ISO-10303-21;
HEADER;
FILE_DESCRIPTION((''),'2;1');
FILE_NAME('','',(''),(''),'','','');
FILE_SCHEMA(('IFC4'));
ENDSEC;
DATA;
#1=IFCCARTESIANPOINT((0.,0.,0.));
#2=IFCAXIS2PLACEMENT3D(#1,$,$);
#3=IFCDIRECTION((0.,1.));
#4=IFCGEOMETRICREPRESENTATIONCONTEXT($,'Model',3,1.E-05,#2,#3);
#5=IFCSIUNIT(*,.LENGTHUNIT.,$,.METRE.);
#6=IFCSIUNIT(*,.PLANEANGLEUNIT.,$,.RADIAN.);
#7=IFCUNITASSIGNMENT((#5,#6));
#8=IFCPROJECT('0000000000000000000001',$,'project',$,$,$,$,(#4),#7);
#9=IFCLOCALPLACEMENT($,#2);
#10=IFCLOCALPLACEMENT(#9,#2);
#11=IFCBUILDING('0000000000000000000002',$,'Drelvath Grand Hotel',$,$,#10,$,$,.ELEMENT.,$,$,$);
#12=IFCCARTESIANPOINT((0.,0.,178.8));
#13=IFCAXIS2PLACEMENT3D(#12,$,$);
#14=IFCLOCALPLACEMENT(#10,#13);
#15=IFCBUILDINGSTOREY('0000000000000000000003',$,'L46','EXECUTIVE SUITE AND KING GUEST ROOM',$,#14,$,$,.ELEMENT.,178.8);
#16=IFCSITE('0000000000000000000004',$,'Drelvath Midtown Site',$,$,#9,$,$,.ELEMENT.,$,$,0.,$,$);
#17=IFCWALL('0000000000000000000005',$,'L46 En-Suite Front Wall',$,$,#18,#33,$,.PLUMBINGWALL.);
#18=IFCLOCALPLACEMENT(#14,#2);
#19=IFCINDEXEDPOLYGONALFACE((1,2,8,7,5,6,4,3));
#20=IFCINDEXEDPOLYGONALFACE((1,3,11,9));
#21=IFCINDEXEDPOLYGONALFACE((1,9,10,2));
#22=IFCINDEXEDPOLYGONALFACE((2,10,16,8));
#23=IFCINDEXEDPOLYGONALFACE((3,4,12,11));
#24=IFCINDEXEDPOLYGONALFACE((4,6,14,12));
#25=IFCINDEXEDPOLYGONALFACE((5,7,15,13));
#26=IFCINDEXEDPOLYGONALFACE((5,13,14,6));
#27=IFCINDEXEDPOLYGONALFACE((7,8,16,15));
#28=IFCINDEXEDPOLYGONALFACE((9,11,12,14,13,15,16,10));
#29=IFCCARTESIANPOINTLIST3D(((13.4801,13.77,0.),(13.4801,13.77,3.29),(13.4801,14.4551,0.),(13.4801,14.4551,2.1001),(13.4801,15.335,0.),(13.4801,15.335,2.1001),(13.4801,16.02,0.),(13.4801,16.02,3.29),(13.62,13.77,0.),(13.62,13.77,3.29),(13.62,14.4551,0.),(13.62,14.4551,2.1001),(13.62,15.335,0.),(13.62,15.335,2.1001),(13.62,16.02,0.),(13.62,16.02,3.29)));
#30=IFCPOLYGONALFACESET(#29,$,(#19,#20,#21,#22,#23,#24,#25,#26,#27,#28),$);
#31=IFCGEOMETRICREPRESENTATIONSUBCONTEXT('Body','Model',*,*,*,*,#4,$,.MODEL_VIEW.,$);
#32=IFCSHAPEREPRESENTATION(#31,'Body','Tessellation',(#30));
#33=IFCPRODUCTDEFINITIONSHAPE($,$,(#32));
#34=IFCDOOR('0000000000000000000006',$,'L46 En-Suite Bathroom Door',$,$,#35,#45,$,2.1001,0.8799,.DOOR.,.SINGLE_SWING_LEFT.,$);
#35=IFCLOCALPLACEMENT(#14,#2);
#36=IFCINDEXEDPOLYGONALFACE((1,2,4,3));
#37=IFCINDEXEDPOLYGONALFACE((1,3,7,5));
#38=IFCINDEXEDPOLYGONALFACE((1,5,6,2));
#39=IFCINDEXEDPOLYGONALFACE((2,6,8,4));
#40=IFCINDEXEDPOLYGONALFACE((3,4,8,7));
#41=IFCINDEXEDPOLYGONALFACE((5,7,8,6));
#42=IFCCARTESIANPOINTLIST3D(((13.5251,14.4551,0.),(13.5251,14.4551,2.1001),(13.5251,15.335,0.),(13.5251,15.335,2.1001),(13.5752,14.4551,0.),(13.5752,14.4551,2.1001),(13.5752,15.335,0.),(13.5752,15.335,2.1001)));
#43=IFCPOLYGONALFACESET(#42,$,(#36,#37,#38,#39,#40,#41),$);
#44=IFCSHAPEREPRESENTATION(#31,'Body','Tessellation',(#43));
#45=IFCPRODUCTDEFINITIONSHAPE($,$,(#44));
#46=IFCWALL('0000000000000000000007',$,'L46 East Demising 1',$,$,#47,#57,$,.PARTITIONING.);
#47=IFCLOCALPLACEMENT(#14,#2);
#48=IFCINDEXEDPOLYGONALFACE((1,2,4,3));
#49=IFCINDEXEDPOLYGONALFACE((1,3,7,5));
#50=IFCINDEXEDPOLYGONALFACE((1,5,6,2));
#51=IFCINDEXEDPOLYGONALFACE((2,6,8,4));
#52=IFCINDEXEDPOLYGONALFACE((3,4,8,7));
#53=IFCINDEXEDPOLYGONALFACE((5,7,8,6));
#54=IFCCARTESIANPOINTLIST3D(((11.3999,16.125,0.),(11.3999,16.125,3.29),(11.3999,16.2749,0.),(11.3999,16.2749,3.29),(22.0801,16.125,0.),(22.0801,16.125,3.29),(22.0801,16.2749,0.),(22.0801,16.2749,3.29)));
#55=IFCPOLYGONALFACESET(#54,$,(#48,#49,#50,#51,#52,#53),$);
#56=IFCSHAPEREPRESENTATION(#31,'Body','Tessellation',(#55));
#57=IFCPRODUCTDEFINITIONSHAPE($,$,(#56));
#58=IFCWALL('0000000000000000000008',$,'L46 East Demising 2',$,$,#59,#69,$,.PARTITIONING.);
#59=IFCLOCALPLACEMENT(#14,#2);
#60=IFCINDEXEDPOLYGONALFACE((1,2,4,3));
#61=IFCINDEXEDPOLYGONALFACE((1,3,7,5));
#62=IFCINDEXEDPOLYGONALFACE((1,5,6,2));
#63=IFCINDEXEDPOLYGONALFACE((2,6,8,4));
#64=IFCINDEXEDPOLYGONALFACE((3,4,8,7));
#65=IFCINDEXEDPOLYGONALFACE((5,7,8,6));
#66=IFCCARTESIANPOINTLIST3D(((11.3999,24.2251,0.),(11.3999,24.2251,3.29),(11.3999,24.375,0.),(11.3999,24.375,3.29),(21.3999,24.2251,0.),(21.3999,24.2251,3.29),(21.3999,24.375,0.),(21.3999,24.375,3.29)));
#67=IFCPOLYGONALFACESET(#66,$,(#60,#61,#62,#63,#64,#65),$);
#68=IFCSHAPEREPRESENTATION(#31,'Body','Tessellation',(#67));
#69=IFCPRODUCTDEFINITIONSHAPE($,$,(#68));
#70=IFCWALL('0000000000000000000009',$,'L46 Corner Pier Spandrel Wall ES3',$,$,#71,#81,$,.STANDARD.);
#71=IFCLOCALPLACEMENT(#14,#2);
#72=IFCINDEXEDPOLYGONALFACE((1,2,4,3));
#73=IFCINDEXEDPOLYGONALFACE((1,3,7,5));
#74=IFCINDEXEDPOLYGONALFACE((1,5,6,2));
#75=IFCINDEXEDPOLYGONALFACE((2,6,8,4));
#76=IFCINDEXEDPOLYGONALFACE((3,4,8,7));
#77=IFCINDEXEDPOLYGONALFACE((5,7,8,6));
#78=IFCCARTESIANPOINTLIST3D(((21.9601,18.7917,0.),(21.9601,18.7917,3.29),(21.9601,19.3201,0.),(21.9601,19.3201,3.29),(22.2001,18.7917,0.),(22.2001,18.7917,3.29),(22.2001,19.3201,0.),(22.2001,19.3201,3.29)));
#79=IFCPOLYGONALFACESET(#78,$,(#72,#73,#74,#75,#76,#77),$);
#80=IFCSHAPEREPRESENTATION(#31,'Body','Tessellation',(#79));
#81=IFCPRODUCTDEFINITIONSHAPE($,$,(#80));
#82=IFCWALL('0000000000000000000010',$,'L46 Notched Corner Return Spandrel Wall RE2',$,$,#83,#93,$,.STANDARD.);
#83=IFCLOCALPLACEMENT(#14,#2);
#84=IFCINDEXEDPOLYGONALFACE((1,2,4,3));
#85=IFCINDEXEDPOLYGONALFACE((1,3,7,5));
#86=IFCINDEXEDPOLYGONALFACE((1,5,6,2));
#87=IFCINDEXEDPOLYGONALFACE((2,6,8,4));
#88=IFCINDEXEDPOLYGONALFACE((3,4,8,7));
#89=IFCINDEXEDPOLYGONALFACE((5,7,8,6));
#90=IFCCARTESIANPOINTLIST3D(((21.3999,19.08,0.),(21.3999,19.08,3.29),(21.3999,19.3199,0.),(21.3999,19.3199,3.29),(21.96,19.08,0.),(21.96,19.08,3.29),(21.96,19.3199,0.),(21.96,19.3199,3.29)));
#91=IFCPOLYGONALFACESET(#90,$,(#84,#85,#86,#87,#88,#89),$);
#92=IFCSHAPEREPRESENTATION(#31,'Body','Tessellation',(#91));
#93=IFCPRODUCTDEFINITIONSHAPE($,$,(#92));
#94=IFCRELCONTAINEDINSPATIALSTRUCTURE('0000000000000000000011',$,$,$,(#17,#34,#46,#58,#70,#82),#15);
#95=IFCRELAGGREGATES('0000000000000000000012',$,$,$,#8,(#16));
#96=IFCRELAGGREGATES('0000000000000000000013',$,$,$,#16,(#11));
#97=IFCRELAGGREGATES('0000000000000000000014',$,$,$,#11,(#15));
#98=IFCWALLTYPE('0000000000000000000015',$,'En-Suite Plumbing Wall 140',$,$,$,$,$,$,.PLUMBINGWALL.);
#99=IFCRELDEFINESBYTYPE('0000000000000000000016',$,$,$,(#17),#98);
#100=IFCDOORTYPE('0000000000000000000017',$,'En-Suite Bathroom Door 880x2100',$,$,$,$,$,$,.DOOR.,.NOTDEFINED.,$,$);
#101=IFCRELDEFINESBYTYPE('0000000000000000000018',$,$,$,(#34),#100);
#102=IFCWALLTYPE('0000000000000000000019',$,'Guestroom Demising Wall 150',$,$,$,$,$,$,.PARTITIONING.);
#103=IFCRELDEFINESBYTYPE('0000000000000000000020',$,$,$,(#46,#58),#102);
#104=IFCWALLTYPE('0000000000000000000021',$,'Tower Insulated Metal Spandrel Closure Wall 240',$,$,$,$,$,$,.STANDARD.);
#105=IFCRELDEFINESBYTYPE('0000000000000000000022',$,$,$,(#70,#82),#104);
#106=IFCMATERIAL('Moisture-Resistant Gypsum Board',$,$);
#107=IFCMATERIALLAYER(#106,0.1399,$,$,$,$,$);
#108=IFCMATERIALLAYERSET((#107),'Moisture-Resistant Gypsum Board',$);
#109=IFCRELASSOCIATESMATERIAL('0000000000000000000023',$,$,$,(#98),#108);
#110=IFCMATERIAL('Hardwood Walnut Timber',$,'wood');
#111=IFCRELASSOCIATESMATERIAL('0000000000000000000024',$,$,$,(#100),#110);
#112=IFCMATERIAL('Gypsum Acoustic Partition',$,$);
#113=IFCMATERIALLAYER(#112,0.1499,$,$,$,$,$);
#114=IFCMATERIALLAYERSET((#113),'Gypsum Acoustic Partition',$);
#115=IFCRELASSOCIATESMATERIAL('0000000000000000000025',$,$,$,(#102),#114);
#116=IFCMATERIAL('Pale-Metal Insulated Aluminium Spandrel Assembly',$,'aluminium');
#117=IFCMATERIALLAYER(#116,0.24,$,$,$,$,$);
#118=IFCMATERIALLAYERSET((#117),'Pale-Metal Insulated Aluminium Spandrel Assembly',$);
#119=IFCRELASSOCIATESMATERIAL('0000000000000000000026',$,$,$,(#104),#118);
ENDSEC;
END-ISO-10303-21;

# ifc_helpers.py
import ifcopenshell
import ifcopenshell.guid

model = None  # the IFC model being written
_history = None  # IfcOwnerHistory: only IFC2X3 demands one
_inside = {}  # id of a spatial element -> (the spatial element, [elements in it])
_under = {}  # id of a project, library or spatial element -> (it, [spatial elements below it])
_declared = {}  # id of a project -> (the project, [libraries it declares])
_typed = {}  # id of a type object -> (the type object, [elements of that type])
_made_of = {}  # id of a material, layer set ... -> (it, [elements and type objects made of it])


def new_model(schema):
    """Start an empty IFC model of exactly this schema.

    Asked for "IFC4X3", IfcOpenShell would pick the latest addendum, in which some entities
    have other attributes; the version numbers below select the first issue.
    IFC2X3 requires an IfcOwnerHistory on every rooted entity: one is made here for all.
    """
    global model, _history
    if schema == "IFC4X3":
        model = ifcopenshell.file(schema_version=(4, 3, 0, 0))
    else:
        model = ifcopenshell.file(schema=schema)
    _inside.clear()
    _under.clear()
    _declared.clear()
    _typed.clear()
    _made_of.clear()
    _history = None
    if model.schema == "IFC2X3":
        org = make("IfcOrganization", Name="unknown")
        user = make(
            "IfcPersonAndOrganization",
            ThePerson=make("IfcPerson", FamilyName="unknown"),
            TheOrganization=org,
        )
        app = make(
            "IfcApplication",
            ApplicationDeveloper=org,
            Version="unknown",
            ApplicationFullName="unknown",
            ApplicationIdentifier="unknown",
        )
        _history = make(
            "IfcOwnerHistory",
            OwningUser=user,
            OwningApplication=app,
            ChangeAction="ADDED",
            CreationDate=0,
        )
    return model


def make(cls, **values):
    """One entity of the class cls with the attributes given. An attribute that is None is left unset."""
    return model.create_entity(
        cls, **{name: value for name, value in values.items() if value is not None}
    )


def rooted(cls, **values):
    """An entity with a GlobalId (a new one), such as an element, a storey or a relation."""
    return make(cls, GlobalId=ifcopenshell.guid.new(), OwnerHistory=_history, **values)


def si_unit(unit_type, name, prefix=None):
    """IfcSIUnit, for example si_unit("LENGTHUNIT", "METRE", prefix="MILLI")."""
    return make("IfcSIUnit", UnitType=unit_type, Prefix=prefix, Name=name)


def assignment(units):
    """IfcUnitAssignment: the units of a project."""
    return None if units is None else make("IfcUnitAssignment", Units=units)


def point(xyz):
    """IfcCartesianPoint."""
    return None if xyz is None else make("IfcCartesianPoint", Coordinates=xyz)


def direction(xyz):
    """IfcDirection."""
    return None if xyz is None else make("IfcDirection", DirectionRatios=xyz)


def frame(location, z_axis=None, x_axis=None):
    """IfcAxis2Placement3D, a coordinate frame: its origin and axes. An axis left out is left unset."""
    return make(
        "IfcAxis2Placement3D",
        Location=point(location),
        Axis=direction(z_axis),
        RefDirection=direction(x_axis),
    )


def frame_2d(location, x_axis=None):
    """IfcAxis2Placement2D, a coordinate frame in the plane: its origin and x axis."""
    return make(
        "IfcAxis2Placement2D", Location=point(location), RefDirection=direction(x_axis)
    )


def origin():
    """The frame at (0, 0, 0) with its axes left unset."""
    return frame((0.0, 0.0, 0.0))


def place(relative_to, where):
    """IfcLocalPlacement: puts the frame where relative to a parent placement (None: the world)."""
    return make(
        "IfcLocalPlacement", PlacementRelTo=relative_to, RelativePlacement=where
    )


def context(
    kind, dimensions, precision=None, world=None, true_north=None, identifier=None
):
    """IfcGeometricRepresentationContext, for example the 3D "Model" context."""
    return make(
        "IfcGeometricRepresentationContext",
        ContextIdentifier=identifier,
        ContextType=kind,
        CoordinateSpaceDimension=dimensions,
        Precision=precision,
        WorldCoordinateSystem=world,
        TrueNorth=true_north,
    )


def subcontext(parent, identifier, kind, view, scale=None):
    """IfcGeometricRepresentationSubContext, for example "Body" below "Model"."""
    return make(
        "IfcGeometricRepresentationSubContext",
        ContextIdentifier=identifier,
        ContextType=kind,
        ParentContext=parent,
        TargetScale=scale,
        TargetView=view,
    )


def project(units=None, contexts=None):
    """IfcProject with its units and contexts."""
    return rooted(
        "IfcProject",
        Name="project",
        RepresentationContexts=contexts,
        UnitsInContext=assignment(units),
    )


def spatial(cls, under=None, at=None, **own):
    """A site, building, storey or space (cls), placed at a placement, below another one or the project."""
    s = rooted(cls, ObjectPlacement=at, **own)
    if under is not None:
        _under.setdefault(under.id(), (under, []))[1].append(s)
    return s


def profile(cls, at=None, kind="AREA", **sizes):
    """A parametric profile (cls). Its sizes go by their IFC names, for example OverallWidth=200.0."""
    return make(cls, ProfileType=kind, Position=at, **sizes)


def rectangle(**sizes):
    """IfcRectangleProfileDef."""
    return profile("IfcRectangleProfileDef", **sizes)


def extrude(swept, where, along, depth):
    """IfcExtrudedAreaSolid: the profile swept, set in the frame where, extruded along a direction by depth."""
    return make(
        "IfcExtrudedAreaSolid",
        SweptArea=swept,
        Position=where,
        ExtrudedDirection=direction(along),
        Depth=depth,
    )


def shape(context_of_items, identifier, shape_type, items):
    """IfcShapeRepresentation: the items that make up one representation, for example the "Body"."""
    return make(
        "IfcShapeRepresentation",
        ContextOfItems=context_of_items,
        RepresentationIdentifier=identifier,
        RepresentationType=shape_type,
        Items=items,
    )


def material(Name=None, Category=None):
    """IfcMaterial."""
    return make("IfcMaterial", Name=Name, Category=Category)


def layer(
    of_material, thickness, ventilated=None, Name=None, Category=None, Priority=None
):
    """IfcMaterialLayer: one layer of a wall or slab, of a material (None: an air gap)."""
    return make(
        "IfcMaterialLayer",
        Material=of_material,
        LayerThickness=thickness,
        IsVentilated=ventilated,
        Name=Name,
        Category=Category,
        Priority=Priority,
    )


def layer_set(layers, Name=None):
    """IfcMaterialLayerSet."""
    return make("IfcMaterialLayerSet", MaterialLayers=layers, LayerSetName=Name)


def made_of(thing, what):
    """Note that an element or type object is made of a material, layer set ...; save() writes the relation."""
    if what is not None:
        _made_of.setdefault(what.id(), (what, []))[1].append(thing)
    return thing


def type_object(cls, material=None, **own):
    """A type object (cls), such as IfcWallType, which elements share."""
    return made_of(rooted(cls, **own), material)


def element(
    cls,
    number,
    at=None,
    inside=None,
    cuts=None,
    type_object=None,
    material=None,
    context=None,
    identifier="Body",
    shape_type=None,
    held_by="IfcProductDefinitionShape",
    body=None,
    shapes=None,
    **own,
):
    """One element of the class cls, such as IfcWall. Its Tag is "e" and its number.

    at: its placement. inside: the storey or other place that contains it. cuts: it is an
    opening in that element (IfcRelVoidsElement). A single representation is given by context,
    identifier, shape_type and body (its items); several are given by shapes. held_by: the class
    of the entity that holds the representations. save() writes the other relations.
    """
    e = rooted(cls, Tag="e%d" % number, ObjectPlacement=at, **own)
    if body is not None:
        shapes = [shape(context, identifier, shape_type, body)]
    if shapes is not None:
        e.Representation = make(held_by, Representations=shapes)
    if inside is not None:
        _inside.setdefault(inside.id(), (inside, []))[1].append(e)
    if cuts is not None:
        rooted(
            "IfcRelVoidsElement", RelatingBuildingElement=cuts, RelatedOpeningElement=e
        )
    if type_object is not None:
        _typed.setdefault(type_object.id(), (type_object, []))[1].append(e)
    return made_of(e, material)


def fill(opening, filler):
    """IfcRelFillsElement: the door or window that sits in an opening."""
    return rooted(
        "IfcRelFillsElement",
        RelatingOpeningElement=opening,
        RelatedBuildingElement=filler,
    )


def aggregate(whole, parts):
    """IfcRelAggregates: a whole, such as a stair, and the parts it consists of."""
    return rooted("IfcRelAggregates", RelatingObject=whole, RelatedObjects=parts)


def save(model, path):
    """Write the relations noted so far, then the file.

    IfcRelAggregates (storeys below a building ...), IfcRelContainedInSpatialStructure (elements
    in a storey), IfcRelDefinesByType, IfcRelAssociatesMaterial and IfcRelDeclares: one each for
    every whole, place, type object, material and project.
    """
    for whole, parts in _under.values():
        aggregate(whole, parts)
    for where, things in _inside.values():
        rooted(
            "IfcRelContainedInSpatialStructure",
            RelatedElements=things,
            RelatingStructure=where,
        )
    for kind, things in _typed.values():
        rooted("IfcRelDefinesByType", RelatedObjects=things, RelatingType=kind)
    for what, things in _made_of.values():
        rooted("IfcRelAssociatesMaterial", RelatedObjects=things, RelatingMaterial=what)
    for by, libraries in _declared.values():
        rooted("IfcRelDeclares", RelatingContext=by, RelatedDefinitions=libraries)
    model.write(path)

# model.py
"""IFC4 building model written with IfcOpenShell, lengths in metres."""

from ifc_helpers import new_model, si_unit, direction, frame, frame_2d, origin, place, context, subcontext, project, spatial, rectangle, extrude, material, layer, layer_set, type_object, element, fill, save


model = new_model("IFC4")

# Units and contexts
model_context = context("Model", 3, precision=1e-05, world=origin(), true_north=direction((0.0, 1.0)))
body_context = subcontext(model_context, "Body", "Model", "MODEL_VIEW")
ifc_project = project(units=[si_unit("LENGTHUNIT", "METRE"), si_unit("PLANEANGLEUNIT", "RADIAN")], contexts=[model_context])

# Site, building, storey
site_placement = place(None, origin())
site = spatial("IfcSite", under=ifc_project, at=site_placement, Name="Drelvath Midtown Site", CompositionType="ELEMENT", RefElevation=0.0)
building_placement = place(site_placement, origin())
building = spatial("IfcBuilding", under=site, at=building_placement, Name="Drelvath Grand Hotel", CompositionType="ELEMENT")
storey_placement = place(building_placement, frame((0.0, 0.0, 178.8)))
storey = spatial("IfcBuildingStorey", under=building, at=storey_placement, Name="L46", Description="EXECUTIVE SUITE AND KING GUEST ROOM", CompositionType="ELEMENT", Elevation=178.8)

# Wall, opening, door
ifc_material_1 = material(Name="Moisture-Resistant Gypsum Board")
ifc_layer_1 = layer(ifc_material_1, 0.1399)
ifc_layer_set_1 = layer_set([ifc_layer_1], Name="Moisture-Resistant Gypsum Board")
wall_type_1 = type_object("IfcWallType", Name="En-Suite Plumbing Wall 140", PredefinedType="PLUMBINGWALL", material=ifc_layer_set_1)
wall_1_placement = place(storey_placement, frame((13.55, 13.77, 0.0), z_axis=(0.0, 0.0, 1.0), x_axis=(0.0, 1.0, 0.0)))
wall_1 = element("IfcWall", 1, at=wall_1_placement, inside=storey, type_object=wall_type_1, Name="L46 En-Suite Front Wall", PredefinedType="PLUMBINGWALL", context=body_context, shape_type="SweptSolid", body=[
    extrude(rectangle(XDim=2.25, YDim=0.1399, at=frame_2d((1.125, 0.0))), origin(), (0.0, 0.0, 1.0), 3.29),
])
opening_placement = place(wall_1_placement, frame((0.6851, 0.0, 0.0)))
opening = element("IfcOpeningElement", 2, at=opening_placement, cuts=wall_1, PredefinedType="OPENING", context=body_context, shape_type="SweptSolid", body=[
    extrude(rectangle(XDim=0.8799, YDim=2.1001, at=frame_2d((0.4399, 1.05))), frame((0.0, 0.0798, 0.0), z_axis=(0.0, -1.0, 0.0), x_axis=(1.0, 0.0, 0.0)), (0.0, 0.0, 1.0), 0.1599),
])
ifc_material_2 = material(Name="Hardwood Walnut Timber", Category="wood")
door_type = type_object("IfcDoorType", Name="En-Suite Bathroom Door 880x2100", OperationType="NOTDEFINED", PredefinedType="DOOR", material=ifc_material_2)
door_placement = place(opening_placement, origin())
door = element("IfcDoor", 3, at=door_placement, inside=storey, type_object=door_type, Name="L46 En-Suite Bathroom Door", OperationType="SINGLE_SWING_LEFT", OverallHeight=2.1001, OverallWidth=0.8799, PredefinedType="DOOR", context=body_context, shape_type="SweptSolid", body=[
    extrude(rectangle(XDim=0.8799, YDim=2.1001, at=frame_2d((0.4399, 1.05))), frame((0.0, 0.0249, 0.0), z_axis=(0.0, -1.0, 0.0), x_axis=(1.0, 0.0, 0.0)), (0.0, 0.0, 1.0), 0.05),
])
fill(opening, door)

# Walls
ifc_material_3 = material(Name="Gypsum Acoustic Partition")
ifc_layer_2 = layer(ifc_material_3, 0.1499)
ifc_layer_set_2 = layer_set([ifc_layer_2], Name="Gypsum Acoustic Partition")
wall_type_2 = type_object("IfcWallType", Name="Guestroom Demising Wall 150", PredefinedType="PARTITIONING", material=ifc_layer_set_2)
wall_2_placement = place(storey_placement, frame((11.3999, 16.2, 0.0), z_axis=(0.0, 0.0, 1.0), x_axis=(1.0, 0.0, 0.0)))
element("IfcWall", 4, at=wall_2_placement, inside=storey, type_object=wall_type_2, Name="L46 East Demising 1", PredefinedType="PARTITIONING", context=body_context, shape_type="SweptSolid", body=[
    extrude(rectangle(XDim=10.6802, YDim=0.1499, at=frame_2d((5.3401, 0.0))), origin(), (0.0, 0.0, 1.0), 3.29),
])
wall_3_placement = place(storey_placement, frame((11.3999, 24.3, 0.0), z_axis=(0.0, 0.0, 1.0), x_axis=(1.0, 0.0, 0.0)))
element("IfcWall", 5, at=wall_3_placement, inside=storey, type_object=wall_type_2, Name="L46 East Demising 2", PredefinedType="PARTITIONING", context=body_context, shape_type="SweptSolid", body=[
    extrude(rectangle(XDim=10.0, YDim=0.1499, at=frame_2d((5.0, 0.0))), origin(), (0.0, 0.0, 1.0), 3.29),
])
ifc_material_4 = material(Name="Pale-Metal Insulated Aluminium Spandrel Assembly", Category="aluminium")
ifc_layer_3 = layer(ifc_material_4, 0.24)
ifc_layer_set_3 = layer_set([ifc_layer_3], Name="Pale-Metal Insulated Aluminium Spandrel Assembly")
wall_type_3 = type_object("IfcWallType", Name="Tower Insulated Metal Spandrel Closure Wall 240", PredefinedType="STANDARD", material=ifc_layer_set_3)
wall_4_placement = place(storey_placement, frame((22.0801, 19.3201, 0.0), z_axis=(0.0, 0.0, 1.0), x_axis=(0.0, -1.0, 0.0)))
element("IfcWall", 6, at=wall_4_placement, inside=storey, type_object=wall_type_3, Name="L46 Corner Pier Spandrel Wall ES3", PredefinedType="STANDARD", context=body_context, shape_type="SweptSolid", body=[
    extrude(rectangle(XDim=0.5283, YDim=0.24, at=frame_2d((0.2642, 0.0))), origin(), (0.0, 0.0, 1.0), 3.29),
])
wall_5_placement = place(storey_placement, frame((21.3999, 19.2, 0.0), z_axis=(0.0, 0.0, 1.0), x_axis=(1.0, 0.0, 0.0)))
element("IfcWall", 7, at=wall_5_placement, inside=storey, type_object=wall_type_3, Name="L46 Notched Corner Return Spandrel Wall RE2", PredefinedType="STANDARD", context=body_context, shape_type="SweptSolid", body=[
    extrude(rectangle(XDim=0.5601, YDim=0.24, at=frame_2d((0.28, 0.0))), origin(), (0.0, 0.0, 1.0), 3.29),
])

save(model, "model.ifc")
